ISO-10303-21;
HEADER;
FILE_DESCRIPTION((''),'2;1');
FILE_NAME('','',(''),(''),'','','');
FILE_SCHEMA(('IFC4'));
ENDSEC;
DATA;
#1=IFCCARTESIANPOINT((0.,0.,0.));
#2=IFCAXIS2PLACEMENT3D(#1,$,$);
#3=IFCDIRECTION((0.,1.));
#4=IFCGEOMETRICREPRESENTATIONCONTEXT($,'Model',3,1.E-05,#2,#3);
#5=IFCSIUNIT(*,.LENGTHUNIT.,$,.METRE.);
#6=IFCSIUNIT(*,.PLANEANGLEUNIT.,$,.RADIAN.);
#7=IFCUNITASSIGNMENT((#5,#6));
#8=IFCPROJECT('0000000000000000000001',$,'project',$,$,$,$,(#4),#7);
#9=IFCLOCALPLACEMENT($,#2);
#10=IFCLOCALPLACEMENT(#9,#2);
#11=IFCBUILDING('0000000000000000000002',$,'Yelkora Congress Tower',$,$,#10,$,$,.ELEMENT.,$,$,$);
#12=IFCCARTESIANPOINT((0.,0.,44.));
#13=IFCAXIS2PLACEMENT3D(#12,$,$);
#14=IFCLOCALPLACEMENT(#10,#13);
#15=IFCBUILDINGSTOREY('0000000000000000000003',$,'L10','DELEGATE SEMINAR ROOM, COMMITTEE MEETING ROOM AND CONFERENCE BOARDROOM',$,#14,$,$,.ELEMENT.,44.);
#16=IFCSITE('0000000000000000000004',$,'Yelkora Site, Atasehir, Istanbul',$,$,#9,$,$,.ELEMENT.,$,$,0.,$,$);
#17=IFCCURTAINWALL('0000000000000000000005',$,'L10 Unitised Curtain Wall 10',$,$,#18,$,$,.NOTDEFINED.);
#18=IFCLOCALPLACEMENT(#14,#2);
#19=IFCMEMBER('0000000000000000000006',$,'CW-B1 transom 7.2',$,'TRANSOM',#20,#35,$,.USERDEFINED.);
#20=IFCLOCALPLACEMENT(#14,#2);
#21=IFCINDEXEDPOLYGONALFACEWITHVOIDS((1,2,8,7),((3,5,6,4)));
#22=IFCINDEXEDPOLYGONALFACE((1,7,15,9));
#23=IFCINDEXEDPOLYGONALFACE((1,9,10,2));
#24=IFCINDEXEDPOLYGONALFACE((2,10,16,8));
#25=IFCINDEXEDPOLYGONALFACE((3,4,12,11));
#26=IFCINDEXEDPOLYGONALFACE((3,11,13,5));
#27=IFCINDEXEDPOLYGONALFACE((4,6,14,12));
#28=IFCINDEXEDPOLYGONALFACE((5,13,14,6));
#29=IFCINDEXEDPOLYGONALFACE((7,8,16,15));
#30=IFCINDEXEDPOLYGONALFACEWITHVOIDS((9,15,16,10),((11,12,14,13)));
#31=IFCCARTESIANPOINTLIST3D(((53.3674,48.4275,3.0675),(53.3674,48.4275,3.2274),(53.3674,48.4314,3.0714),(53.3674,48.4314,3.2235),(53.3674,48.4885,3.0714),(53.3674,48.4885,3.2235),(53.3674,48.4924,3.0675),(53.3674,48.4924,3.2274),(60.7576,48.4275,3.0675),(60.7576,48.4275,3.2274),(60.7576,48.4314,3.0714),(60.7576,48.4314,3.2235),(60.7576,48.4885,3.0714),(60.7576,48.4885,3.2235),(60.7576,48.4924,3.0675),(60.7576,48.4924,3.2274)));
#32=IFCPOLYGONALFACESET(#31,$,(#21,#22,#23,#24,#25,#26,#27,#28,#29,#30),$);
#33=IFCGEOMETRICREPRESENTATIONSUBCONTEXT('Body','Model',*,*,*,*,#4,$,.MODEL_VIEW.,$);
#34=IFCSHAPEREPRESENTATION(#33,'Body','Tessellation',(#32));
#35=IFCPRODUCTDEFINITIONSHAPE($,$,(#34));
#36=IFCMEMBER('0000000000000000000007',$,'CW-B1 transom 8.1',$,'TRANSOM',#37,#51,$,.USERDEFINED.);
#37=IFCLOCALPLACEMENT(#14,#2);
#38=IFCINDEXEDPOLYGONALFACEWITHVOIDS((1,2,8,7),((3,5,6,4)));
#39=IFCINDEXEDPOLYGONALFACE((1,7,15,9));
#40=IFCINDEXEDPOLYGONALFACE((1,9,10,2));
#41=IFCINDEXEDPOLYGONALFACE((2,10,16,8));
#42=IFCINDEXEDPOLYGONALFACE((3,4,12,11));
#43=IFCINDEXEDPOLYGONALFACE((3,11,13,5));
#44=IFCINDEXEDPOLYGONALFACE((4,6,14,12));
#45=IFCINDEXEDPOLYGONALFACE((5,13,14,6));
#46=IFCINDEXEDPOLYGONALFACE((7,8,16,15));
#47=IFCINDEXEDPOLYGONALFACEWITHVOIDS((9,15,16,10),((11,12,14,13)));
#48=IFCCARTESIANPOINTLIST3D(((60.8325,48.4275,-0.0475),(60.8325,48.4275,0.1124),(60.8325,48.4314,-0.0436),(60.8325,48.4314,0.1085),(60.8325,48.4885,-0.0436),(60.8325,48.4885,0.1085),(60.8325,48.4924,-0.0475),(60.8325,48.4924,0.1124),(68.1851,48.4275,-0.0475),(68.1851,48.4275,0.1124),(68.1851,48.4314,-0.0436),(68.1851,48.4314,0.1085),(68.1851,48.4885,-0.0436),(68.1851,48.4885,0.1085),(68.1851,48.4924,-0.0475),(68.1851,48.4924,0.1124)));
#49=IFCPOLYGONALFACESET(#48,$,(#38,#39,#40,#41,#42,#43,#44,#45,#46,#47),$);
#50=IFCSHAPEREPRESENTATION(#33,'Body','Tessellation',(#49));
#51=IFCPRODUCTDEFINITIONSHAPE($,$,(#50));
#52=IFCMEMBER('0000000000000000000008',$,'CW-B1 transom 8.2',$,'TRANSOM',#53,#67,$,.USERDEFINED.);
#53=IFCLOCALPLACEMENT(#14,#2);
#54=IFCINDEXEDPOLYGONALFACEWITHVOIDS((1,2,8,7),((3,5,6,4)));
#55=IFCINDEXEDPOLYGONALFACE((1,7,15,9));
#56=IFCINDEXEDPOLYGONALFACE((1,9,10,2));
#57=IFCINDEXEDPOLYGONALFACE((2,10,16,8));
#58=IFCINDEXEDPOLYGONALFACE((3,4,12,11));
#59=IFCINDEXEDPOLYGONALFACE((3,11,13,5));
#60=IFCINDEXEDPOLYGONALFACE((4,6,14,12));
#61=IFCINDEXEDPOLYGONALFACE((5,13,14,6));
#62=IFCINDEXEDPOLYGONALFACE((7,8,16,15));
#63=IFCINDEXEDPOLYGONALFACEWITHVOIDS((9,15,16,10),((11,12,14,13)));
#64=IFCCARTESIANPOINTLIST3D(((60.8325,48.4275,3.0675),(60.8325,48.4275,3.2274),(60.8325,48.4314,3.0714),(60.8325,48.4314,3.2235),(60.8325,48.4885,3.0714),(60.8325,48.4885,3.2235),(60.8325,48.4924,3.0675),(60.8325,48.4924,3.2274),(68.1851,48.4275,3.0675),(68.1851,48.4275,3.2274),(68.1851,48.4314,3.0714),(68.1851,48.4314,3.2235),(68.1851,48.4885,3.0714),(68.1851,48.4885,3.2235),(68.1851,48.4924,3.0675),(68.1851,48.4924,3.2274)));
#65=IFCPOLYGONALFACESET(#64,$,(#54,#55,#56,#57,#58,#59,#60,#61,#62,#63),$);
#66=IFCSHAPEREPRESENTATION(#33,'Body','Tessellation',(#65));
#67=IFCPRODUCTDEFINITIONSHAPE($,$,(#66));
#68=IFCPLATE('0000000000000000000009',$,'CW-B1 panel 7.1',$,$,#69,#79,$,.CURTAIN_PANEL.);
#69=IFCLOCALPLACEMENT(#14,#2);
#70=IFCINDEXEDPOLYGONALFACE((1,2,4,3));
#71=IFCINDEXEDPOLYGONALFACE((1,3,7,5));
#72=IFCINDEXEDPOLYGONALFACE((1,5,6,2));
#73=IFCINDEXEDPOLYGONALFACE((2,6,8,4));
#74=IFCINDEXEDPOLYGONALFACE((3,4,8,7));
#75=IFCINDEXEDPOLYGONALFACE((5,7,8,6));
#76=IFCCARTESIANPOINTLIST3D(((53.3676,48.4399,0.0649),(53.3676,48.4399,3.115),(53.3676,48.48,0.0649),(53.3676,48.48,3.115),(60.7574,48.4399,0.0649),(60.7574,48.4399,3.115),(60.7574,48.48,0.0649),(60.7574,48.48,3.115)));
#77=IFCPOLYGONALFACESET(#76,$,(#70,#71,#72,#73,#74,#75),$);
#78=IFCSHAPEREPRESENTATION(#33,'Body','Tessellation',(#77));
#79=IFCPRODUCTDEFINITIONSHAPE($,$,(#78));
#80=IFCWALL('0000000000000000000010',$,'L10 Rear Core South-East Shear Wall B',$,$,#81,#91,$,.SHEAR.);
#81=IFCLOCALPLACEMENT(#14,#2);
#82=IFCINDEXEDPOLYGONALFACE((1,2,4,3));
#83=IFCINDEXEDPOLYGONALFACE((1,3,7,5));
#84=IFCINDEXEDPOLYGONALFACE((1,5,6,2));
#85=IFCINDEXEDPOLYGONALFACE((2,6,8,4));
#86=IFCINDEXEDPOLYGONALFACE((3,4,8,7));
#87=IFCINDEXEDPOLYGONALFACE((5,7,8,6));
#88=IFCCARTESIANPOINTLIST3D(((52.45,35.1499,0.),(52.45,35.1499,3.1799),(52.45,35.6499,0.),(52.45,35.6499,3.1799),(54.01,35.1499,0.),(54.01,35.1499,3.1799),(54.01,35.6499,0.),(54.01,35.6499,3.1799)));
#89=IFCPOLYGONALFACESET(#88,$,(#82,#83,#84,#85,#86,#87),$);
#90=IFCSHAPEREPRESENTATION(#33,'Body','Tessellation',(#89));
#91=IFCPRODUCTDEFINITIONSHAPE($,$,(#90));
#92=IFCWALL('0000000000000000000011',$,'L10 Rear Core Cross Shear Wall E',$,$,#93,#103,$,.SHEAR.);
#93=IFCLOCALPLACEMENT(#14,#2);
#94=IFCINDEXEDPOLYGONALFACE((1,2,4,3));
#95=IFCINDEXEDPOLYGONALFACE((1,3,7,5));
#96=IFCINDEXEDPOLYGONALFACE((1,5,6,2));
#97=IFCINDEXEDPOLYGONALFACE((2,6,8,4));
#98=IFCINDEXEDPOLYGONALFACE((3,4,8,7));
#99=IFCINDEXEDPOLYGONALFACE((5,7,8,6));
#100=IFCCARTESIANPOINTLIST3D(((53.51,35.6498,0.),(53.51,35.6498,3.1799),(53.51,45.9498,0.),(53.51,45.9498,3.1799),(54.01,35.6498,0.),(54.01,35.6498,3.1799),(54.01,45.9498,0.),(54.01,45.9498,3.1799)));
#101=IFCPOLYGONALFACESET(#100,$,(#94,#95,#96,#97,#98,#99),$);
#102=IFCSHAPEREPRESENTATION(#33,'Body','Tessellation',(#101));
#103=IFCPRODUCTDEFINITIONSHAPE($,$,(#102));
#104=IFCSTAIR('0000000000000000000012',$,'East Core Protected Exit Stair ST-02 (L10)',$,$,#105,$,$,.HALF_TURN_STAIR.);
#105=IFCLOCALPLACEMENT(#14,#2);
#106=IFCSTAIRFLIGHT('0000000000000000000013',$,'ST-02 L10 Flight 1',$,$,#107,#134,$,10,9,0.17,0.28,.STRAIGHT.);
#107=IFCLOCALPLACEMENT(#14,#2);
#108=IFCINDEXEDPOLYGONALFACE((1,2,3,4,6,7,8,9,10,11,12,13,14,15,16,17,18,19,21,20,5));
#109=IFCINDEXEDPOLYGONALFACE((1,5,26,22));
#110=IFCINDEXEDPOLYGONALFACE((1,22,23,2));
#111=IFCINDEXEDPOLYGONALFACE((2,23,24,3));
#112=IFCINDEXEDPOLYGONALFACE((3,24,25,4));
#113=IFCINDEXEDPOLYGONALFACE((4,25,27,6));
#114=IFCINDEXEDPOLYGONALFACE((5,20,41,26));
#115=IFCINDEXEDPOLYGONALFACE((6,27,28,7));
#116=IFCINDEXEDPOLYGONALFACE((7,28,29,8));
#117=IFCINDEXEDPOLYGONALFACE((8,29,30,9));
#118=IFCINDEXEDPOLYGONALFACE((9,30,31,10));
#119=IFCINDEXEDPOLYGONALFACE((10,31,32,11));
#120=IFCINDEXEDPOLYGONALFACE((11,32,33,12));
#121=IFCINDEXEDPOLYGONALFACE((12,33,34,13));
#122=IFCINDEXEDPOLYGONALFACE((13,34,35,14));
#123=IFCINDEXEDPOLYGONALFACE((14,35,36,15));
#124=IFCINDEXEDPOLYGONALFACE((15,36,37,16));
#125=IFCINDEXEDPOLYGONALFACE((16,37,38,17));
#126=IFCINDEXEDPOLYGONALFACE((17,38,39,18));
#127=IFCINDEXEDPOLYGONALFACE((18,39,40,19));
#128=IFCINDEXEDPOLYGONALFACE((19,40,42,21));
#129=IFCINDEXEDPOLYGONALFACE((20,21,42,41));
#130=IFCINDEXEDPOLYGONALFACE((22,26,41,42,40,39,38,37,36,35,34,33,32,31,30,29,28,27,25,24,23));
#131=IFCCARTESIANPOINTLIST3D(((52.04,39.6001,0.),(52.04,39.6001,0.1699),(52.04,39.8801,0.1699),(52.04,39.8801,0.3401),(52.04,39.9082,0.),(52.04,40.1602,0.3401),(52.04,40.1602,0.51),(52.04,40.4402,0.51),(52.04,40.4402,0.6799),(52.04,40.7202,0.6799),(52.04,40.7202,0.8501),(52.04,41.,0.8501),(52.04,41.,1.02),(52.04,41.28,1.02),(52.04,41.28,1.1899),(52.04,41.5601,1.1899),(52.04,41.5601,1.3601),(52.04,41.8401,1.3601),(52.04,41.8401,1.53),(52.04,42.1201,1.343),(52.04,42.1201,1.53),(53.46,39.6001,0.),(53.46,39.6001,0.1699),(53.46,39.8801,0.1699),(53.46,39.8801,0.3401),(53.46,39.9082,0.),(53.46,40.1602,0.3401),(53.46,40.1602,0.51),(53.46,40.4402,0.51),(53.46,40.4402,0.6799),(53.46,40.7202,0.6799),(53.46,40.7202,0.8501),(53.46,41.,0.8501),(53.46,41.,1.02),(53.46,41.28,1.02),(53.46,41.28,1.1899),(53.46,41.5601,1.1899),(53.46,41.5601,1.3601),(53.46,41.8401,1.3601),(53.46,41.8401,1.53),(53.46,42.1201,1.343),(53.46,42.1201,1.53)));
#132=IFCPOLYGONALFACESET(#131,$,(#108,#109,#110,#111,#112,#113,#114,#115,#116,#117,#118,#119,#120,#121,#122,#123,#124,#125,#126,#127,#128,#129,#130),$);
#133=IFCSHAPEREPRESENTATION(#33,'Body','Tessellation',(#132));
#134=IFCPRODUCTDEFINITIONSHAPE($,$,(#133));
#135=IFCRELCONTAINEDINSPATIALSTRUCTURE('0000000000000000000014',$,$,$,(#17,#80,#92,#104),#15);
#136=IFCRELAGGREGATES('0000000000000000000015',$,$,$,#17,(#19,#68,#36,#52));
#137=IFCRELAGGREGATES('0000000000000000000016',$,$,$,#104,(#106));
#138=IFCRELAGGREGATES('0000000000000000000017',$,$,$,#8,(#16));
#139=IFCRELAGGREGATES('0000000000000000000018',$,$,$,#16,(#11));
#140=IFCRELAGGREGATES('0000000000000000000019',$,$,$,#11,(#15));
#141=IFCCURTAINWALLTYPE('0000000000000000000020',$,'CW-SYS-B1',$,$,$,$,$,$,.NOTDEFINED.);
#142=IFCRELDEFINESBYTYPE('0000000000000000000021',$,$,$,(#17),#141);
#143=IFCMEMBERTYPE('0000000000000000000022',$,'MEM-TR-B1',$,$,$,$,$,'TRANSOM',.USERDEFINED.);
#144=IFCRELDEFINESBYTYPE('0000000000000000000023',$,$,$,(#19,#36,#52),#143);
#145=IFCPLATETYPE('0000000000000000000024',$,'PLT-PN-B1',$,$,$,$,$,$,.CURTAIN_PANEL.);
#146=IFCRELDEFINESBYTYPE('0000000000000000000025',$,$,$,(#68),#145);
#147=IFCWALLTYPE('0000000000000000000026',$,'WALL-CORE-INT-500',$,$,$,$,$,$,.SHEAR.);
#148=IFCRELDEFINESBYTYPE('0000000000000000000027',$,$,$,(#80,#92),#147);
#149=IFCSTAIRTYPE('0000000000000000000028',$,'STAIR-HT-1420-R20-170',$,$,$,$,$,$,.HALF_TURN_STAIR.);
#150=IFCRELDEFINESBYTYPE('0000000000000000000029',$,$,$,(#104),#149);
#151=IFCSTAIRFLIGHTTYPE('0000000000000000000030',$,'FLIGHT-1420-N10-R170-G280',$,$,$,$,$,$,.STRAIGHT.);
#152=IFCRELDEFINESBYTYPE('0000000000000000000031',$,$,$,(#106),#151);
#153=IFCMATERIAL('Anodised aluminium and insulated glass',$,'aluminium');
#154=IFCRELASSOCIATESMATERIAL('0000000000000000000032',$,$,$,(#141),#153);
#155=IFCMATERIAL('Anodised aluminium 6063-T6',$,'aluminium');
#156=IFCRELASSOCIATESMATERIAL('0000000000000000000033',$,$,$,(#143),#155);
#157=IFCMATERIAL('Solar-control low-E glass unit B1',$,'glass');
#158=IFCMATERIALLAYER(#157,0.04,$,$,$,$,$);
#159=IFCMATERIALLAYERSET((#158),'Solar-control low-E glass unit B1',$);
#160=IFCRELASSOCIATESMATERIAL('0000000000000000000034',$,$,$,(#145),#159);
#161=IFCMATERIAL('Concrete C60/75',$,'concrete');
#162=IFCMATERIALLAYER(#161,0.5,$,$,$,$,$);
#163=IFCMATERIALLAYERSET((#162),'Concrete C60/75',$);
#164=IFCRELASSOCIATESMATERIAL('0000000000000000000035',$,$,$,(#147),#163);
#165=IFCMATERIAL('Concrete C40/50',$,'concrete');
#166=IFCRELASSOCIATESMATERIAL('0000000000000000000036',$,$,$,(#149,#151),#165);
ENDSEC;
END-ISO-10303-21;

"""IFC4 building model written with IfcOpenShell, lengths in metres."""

from ifc_helpers import new_model, si_unit, direction, frame, frame_2d, origin, origin_2d, place, context, subcontext, project, spatial, polyline, rectangle, hollow_rectangle, outline, extrude, material, layer, layer_set, material_profile, profile_set, type_object, element, aggregate, save


model = new_model("IFC4")

# Units and contexts
model_context = context("Model", 3, precision=1e-05, world=origin(), true_north=direction((0.0, 1.0)))
body_context = subcontext(model_context, "Body", "Model", "MODEL_VIEW")
ifc_project = project(units=[si_unit("LENGTHUNIT", "METRE"), si_unit("PLANEANGLEUNIT", "RADIAN")], contexts=[model_context])

# Site, building, storey
site_placement = place(None, origin())
site = spatial("IfcSite", under=ifc_project, at=site_placement, Name="Yelkora Site, Atasehir, Istanbul", CompositionType="ELEMENT", RefElevation=0.0)
building_placement = place(site_placement, origin())
building = spatial("IfcBuilding", under=site, at=building_placement, Name="Yelkora Congress Tower", CompositionType="ELEMENT")
storey_placement = place(building_placement, frame((0.0, 0.0, 44.0)))
storey = spatial("IfcBuildingStorey", under=building, at=storey_placement, Name="L10", Description="DELEGATE SEMINAR ROOM, COMMITTEE MEETING ROOM AND CONFERENCE BOARDROOM", CompositionType="ELEMENT", Elevation=44.0)

# Shared definitions
ifc_material_1 = material(Name="Concrete C60/75", Category="concrete")

# Curtain wall, members, plate
ifc_material_2 = material(Name="Anodised aluminium and insulated glass", Category="aluminium")
curtain_wall_type = type_object("IfcCurtainWallType", Name="CW-SYS-B1", PredefinedType="NOTDEFINED", material=ifc_material_2)
curtain_wall_placement = place(storey_placement, origin())
curtain_wall = element("IfcCurtainWall", 1, at=curtain_wall_placement, inside=storey, type_object=curtain_wall_type, Name="L10 Unitised Curtain Wall 10", PredefinedType="NOTDEFINED")
ifc_material_3 = material(Name="Anodised aluminium 6063-T6", Category="aluminium")
ifc_material_profile_1 = material_profile(ifc_material_3, hollow_rectangle(XDim=0.0649, YDim=0.1599, WallThickness=0.0039, at=origin_2d()), Name="ALU 65x160x4")
ifc_profile_set_1 = profile_set([ifc_material_profile_1], Name="Anodised aluminium 6063-T6")
member_type_1 = type_object("IfcMemberType", Name="MEM-TR-B1", ElementType="TRANSOM", PredefinedType="USERDEFINED", material=ifc_profile_set_1)
member_1_placement = place(storey_placement, frame((53.3674, 48.46, 3.1475), z_axis=(1.0, 0.0, 0.0), x_axis=(0.0, 1.0, 0.0)))
member_1 = element("IfcMember", 2, at=member_1_placement, type_object=member_type_1, Name="CW-B1 transom 7.2", ObjectType="TRANSOM", PredefinedType="USERDEFINED", context=body_context, shape_type="SweptSolid", body=[
    extrude(hollow_rectangle(XDim=0.0649, YDim=0.1599, WallThickness=0.0039, at=origin_2d()), origin(), (0.0, 0.0, 1.0), 7.3901),
])
member_2_placement = place(storey_placement, frame((60.8325, 48.46, 0.0325), z_axis=(1.0, 0.0, 0.0), x_axis=(0.0, 1.0, 0.0)))
member_2 = element("IfcMember", 3, at=member_2_placement, type_object=member_type_1, Name="CW-B1 transom 8.1", ObjectType="TRANSOM", PredefinedType="USERDEFINED", context=body_context, shape_type="SweptSolid", body=[
    extrude(hollow_rectangle(XDim=0.0649, YDim=0.1599, WallThickness=0.0039, at=origin_2d()), origin(), (0.0, 0.0, 1.0), 7.3525),
])
member_3_placement = place(storey_placement, frame((60.8325, 48.46, 3.1475), z_axis=(1.0, 0.0, 0.0), x_axis=(0.0, 1.0, 0.0)))
member_3 = element("IfcMember", 4, at=member_3_placement, type_object=member_type_1, Name="CW-B1 transom 8.2", ObjectType="TRANSOM", PredefinedType="USERDEFINED", context=body_context, shape_type="SweptSolid", body=[
    extrude(hollow_rectangle(XDim=0.0649, YDim=0.1599, WallThickness=0.0039, at=origin_2d()), origin(), (0.0, 0.0, 1.0), 7.3525),
])
ifc_material_4 = material(Name="Solar-control low-E glass unit B1", Category="glass")
ifc_layer_1 = layer(ifc_material_4, 0.04)
ifc_layer_set_1 = layer_set([ifc_layer_1], Name="Solar-control low-E glass unit B1")
plate_type = type_object("IfcPlateType", Name="PLT-PN-B1", PredefinedType="CURTAIN_PANEL", material=ifc_layer_set_1)
plate_placement = place(storey_placement, frame((57.0625, 48.46, 0.0649), z_axis=(0.0, 0.0, 1.0), x_axis=(1.0, 0.0, 0.0)))
plate = element("IfcPlate", 5, at=plate_placement, type_object=plate_type, Name="CW-B1 panel 7.1", PredefinedType="CURTAIN_PANEL", context=body_context, shape_type="SweptSolid", body=[
    extrude(rectangle(XDim=7.3899, YDim=0.04, at=origin_2d()), origin(), (0.0, 0.0, 1.0), 3.05),
])
aggregate(curtain_wall, [member_1, plate, member_2, member_3])

# Walls
ifc_layer_2 = layer(ifc_material_1, 0.5)
ifc_layer_set_2 = layer_set([ifc_layer_2], Name="Concrete C60/75")
wall_type = type_object("IfcWallType", Name="WALL-CORE-INT-500", PredefinedType="SHEAR", material=ifc_layer_set_2)
wall_1_placement = place(storey_placement, frame((52.45, 35.3999, 0.0), z_axis=(0.0, 0.0, 1.0), x_axis=(1.0, 0.0, 0.0)))
element("IfcWall", 6, at=wall_1_placement, inside=storey, type_object=wall_type, Name="L10 Rear Core South-East Shear Wall B", PredefinedType="SHEAR", context=body_context, shape_type="SweptSolid", body=[
    extrude(rectangle(XDim=1.5601, YDim=0.5, at=frame_2d((0.78, 0.0))), origin(), (0.0, 0.0, 1.0), 3.1799),
])
wall_2_placement = place(storey_placement, frame((53.76, 35.6499, 0.0), z_axis=(0.0, 0.0, 1.0), x_axis=(0.0, 1.0, 0.0)))
element("IfcWall", 7, at=wall_2_placement, inside=storey, type_object=wall_type, Name="L10 Rear Core Cross Shear Wall E", PredefinedType="SHEAR", context=body_context, shape_type="SweptSolid", body=[
    extrude(rectangle(XDim=10.3, YDim=0.5, at=frame_2d((5.1499, 0.0))), origin(), (0.0, 0.0, 1.0), 3.1799),
])

# Stair, stair flight
ifc_material_5 = material(Name="Concrete C40/50", Category="concrete")
stair_type = type_object("IfcStairType", Name="STAIR-HT-1420-R20-170", PredefinedType="HALF_TURN_STAIR", material=ifc_material_5)
stair_placement = place(storey_placement, origin())
stair = element("IfcStair", 8, at=stair_placement, inside=storey, type_object=stair_type, Name="East Core Protected Exit Stair ST-02 (L10)", PredefinedType="HALF_TURN_STAIR")
stair_flight_type = type_object("IfcStairFlightType", Name="FLIGHT-1420-N10-R170-G280", PredefinedType="STRAIGHT", material=ifc_material_5)
stair_flight_placement = place(storey_placement, frame((52.75, 39.6001, 0.0), z_axis=(0.0, 0.0, 1.0), x_axis=(0.0, 1.0, 0.0)))
stair_flight = element("IfcStairFlight", 9, at=stair_flight_placement, type_object=stair_flight_type, Name="ST-02 L10 Flight 1", NumberOfRisers=10, NumberOfTreads=9, PredefinedType="STRAIGHT", RiserHeight=0.17, TreadLength=0.28, context=body_context, shape_type="SweptSolid", body=[
    extrude(outline(polyline([(0.0, 0.0), (0.0, 0.1699), (0.28, 0.1699), (0.28, 0.3401), (0.5601, 0.3401), (0.5601, 0.51), (0.8401, 0.51), (0.8401, 0.6799), (1.1201, 0.6799), (1.1201, 0.8501), (1.3999, 0.8501), (1.3999, 1.02), (1.6799, 1.02), (1.6799, 1.1899), (1.96, 1.1899), (1.96, 1.3601), (2.24, 1.3601), (2.24, 1.53), (2.52, 1.53), (2.52, 1.7), (2.52, 1.343), (0.3081, 0.0), (0.0, 0.0)])), frame((0.0, 0.71, 0.0), z_axis=(0.0, -1.0, 0.0), x_axis=(1.0, 0.0, 0.0)), (0.0, 0.0, 1.0), 1.4199),
])
aggregate(stair, [stair_flight])

save(model, "model.ifc")
